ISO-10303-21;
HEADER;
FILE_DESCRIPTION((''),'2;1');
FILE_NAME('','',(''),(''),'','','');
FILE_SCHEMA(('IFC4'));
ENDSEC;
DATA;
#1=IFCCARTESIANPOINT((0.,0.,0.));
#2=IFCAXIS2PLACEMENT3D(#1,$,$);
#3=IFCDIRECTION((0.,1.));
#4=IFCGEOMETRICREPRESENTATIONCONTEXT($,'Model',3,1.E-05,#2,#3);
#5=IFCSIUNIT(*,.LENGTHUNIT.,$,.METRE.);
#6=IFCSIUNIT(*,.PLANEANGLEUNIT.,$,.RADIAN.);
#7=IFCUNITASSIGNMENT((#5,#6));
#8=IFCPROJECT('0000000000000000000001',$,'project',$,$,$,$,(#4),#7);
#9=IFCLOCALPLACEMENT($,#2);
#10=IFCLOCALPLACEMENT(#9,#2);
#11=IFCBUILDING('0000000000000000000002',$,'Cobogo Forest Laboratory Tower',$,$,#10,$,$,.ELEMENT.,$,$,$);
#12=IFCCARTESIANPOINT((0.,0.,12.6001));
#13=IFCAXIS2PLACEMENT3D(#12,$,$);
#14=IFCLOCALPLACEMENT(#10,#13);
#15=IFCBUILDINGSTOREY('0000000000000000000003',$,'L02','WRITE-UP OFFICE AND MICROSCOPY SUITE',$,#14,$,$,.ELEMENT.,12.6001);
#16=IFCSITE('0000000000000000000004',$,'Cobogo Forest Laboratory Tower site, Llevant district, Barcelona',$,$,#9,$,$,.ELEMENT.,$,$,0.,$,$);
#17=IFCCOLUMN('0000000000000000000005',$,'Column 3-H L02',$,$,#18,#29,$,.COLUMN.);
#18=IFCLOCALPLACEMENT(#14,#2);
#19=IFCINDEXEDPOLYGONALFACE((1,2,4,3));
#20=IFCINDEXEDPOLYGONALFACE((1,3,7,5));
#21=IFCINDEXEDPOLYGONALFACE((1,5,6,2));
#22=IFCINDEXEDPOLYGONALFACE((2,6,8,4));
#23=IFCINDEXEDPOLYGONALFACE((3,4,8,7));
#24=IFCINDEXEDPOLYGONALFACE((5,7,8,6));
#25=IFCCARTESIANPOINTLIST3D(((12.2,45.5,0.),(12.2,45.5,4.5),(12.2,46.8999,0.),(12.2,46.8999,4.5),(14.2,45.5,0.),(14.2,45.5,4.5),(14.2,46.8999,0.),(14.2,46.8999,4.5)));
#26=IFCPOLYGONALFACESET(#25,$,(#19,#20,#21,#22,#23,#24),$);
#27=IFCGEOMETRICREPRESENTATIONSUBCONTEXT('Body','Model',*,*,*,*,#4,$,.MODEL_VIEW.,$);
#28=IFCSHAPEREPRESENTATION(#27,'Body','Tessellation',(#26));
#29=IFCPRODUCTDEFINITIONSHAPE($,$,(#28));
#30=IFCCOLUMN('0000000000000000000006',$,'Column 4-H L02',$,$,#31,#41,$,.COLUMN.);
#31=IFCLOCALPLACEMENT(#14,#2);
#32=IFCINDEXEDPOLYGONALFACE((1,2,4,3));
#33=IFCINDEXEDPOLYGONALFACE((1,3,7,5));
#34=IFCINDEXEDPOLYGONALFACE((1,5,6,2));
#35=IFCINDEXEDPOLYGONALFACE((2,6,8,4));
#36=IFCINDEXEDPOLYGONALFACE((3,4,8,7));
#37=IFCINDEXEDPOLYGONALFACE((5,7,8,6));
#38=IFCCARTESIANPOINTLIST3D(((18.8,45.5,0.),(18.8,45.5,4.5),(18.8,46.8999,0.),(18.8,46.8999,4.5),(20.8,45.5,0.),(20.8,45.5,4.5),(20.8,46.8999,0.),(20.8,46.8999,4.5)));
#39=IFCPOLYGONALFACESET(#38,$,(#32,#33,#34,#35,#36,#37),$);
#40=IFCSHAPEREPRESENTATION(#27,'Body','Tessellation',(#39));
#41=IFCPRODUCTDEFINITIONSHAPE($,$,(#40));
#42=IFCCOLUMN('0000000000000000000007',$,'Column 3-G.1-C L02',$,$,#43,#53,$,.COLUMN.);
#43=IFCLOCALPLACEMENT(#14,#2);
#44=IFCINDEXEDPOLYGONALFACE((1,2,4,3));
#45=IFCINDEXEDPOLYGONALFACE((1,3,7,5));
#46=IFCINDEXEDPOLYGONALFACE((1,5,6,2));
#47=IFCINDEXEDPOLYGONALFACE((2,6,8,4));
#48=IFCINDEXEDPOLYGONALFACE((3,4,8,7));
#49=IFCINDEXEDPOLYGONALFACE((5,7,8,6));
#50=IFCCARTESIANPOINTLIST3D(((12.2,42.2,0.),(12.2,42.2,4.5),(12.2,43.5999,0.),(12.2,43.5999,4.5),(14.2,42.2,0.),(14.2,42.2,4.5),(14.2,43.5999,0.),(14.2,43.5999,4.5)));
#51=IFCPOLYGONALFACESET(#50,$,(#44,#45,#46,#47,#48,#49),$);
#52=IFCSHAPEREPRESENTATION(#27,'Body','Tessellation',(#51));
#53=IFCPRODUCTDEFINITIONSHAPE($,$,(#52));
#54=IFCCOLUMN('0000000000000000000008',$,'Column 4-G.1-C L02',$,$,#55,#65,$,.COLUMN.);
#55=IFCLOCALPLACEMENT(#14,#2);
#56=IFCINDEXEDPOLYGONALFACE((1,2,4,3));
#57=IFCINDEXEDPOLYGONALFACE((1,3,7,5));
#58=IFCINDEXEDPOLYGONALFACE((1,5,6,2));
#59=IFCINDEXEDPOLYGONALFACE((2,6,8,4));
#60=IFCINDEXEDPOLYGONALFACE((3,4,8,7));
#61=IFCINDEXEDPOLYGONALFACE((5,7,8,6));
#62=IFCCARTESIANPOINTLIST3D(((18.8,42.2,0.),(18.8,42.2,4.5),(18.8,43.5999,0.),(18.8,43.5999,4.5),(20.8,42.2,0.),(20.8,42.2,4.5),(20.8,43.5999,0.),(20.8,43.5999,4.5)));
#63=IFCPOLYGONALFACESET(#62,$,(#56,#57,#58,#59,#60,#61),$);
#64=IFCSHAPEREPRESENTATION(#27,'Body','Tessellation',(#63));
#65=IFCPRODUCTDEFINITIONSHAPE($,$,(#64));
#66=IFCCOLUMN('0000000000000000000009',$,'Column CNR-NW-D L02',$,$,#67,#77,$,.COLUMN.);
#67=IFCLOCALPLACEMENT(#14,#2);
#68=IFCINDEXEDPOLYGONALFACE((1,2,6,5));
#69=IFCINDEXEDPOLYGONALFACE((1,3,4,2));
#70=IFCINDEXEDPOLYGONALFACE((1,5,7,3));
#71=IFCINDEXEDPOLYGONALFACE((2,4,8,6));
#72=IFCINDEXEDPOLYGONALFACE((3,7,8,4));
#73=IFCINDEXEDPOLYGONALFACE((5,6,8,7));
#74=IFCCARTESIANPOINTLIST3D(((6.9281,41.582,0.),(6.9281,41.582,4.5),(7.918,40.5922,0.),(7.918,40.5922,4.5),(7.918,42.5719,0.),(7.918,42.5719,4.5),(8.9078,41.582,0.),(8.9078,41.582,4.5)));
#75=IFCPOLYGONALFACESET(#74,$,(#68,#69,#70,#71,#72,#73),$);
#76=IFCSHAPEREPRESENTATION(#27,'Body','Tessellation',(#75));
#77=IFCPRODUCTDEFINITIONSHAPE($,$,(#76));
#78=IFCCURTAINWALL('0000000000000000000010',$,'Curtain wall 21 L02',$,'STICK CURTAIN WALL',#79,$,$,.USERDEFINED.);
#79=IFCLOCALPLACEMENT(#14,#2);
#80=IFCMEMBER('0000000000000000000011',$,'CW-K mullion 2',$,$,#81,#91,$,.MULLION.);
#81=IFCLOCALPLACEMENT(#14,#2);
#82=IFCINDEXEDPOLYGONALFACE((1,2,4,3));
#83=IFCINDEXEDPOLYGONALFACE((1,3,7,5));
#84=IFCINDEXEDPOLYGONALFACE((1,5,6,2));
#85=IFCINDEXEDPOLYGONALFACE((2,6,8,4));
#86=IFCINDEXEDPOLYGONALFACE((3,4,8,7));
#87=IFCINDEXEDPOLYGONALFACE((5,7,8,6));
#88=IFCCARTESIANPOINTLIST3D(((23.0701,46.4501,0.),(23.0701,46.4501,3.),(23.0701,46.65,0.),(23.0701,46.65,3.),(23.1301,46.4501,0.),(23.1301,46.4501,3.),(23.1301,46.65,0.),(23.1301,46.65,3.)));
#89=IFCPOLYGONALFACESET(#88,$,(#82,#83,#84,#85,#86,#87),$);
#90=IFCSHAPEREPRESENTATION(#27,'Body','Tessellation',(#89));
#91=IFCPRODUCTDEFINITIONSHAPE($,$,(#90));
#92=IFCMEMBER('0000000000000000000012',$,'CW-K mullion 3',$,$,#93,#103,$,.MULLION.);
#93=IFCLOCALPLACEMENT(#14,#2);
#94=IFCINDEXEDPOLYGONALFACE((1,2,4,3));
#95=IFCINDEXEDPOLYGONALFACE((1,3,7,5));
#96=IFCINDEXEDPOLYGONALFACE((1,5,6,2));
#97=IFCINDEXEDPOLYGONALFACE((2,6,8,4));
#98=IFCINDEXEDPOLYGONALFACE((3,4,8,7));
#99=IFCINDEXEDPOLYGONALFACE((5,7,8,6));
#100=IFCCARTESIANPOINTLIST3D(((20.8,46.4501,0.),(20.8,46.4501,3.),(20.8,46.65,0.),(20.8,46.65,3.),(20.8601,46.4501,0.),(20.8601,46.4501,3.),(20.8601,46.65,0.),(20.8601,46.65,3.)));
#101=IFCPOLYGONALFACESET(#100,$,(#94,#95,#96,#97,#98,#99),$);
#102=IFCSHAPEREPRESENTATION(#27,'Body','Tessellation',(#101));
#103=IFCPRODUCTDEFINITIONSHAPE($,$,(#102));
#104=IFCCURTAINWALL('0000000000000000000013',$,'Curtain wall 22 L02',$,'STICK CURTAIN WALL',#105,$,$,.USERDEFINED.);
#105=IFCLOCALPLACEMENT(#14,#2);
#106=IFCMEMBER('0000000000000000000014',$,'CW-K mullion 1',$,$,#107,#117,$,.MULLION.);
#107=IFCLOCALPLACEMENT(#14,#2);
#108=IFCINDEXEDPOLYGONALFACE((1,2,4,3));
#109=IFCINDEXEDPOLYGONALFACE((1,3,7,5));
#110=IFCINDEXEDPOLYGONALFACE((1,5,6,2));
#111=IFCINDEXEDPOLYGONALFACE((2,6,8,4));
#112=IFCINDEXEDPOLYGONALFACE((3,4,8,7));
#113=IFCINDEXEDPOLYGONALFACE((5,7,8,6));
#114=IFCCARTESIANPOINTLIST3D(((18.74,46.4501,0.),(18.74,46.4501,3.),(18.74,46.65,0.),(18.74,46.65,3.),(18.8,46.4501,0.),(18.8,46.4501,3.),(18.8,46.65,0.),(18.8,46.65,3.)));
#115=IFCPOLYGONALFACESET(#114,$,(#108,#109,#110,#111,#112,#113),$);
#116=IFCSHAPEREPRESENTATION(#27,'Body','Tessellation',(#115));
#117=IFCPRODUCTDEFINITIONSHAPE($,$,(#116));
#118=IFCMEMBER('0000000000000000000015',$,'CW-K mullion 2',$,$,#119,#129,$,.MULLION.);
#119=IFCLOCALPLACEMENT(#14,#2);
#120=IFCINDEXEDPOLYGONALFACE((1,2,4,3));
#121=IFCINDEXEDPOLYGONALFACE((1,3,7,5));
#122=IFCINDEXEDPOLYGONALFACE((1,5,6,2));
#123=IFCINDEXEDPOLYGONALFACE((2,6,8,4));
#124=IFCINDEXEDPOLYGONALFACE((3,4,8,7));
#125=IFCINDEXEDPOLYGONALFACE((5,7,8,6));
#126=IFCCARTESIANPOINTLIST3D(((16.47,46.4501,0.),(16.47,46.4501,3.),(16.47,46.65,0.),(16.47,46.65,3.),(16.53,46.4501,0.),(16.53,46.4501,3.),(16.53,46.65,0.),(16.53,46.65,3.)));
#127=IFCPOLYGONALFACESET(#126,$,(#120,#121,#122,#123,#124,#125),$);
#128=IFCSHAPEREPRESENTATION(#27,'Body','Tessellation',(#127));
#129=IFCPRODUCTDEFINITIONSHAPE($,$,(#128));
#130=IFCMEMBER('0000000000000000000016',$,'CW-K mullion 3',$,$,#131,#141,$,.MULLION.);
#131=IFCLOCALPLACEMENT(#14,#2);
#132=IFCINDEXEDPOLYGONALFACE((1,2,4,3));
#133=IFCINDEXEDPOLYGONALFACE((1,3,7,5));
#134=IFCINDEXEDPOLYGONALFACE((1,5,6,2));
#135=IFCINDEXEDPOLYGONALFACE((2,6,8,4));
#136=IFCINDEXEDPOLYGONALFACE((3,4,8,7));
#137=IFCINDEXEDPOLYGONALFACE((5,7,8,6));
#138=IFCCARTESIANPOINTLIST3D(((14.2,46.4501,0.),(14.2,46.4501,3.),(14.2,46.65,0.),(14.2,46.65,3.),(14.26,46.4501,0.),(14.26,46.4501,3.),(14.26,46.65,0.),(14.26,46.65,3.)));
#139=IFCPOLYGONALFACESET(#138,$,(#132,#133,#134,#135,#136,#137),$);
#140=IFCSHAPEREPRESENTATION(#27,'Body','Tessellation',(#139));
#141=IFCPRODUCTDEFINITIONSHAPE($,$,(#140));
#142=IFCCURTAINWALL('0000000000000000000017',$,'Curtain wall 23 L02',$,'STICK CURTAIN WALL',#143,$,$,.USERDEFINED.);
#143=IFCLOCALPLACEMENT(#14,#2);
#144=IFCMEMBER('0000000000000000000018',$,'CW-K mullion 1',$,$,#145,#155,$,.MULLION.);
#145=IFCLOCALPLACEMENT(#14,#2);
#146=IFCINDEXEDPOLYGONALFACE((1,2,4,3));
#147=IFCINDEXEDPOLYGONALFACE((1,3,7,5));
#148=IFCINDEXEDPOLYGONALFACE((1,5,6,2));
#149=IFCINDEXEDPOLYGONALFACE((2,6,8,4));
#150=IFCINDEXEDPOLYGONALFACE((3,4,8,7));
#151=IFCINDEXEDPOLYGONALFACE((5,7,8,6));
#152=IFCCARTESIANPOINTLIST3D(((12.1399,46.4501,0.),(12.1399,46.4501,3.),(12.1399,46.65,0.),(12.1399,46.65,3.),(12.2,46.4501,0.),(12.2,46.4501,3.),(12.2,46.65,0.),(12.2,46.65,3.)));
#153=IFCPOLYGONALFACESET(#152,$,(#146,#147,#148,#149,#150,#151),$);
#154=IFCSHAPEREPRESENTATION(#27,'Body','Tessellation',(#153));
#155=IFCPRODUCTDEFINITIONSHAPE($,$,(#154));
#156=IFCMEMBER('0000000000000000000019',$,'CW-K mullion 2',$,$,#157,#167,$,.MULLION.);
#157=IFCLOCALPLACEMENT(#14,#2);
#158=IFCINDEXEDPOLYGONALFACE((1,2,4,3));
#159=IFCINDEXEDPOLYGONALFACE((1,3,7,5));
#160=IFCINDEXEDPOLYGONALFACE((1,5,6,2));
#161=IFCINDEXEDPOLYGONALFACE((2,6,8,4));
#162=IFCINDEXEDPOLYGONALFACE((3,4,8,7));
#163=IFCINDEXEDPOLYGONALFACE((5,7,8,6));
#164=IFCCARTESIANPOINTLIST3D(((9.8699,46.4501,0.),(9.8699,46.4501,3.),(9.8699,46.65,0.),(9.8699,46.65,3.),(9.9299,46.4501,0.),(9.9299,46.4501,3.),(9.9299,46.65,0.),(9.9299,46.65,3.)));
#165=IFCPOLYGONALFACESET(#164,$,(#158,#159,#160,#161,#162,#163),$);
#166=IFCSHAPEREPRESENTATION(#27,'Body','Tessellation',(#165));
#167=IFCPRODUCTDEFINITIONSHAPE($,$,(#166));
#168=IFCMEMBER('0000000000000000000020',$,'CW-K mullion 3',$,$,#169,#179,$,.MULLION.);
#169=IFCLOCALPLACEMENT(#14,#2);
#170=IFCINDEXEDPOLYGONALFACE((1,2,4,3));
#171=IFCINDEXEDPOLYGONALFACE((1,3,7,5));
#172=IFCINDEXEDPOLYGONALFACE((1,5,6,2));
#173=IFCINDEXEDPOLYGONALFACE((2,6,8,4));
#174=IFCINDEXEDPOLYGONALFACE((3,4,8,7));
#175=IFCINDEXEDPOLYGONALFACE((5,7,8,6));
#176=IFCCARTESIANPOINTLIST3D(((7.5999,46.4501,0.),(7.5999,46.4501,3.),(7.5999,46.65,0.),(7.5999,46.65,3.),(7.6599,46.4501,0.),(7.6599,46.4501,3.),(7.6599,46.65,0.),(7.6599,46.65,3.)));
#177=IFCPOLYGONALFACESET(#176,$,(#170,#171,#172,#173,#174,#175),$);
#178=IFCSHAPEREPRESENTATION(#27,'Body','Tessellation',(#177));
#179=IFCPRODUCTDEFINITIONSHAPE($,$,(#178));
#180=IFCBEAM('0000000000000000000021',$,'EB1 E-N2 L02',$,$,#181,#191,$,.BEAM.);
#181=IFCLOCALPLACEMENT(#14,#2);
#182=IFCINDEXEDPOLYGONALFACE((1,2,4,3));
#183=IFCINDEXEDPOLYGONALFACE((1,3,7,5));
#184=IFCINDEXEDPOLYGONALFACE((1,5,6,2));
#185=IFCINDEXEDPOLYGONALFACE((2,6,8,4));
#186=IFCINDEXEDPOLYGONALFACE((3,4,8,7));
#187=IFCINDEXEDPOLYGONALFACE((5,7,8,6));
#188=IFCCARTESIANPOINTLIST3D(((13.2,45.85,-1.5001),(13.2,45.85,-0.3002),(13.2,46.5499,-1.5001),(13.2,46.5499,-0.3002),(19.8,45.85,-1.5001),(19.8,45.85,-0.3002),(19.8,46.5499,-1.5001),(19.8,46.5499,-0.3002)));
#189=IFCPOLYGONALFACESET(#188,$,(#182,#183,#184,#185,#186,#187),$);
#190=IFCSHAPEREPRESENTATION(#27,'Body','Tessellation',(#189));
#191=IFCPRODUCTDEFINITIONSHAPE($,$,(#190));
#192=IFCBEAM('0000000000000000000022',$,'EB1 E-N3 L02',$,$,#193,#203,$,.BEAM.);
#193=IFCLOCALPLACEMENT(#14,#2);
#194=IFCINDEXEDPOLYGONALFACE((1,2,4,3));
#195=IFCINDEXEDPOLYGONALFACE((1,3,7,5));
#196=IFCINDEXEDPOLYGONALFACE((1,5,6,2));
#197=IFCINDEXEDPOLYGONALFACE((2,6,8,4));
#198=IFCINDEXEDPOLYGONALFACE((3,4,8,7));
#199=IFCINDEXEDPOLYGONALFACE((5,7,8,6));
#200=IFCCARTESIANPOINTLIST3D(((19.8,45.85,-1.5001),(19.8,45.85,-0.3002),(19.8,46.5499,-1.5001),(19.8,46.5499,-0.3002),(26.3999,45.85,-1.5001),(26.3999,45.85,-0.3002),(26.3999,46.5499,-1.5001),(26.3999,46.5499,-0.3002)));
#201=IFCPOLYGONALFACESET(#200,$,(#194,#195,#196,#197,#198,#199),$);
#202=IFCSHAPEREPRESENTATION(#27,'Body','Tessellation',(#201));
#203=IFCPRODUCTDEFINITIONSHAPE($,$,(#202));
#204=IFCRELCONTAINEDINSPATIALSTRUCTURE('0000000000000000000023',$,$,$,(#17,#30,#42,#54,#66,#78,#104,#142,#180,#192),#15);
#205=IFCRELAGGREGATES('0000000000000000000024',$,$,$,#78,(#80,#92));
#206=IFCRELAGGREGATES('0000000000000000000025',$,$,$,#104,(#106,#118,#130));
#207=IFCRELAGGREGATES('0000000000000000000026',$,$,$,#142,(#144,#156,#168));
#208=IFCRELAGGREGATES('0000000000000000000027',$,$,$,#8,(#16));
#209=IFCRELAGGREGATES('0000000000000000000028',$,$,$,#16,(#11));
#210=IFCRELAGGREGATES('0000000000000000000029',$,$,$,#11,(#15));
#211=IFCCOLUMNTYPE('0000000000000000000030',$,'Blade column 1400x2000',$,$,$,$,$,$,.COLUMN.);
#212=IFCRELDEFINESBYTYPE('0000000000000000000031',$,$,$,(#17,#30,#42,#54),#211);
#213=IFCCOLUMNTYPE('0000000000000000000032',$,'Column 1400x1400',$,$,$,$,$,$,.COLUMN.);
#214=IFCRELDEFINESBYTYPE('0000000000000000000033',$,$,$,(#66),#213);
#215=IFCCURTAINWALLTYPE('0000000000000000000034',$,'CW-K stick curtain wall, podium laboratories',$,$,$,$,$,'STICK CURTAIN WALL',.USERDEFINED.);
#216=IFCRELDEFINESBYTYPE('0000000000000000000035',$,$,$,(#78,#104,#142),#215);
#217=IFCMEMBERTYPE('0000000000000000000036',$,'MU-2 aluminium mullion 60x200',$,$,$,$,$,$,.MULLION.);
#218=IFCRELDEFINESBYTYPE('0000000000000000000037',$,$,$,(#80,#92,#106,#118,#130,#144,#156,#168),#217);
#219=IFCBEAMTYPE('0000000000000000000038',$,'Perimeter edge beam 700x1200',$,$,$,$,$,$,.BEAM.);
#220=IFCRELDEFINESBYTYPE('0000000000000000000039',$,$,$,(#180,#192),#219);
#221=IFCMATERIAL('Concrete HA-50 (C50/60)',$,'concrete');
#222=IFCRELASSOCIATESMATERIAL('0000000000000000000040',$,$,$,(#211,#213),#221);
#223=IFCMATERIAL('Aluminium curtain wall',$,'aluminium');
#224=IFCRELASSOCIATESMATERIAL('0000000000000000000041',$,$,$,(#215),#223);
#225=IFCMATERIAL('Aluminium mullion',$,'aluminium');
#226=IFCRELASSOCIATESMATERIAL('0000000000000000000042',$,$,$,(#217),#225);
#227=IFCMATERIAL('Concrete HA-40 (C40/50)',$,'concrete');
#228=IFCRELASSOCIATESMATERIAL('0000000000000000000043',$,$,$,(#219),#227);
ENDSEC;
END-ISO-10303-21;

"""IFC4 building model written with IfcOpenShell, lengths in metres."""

from ifc_helpers import new_model, si_unit, direction, frame, origin, origin_2d, place, context, subcontext, project, spatial, rectangle, extrude, material, material_profile, profile_set, type_object, element, aggregate, save


model = new_model("IFC4")

# Units and contexts
model_context = context("Model", 3, precision=1e-05, world=origin(), true_north=direction((0.0, 1.0)))
body_context = subcontext(model_context, "Body", "Model", "MODEL_VIEW")
ifc_project = project(units=[si_unit("LENGTHUNIT", "METRE"), si_unit("PLANEANGLEUNIT", "RADIAN")], contexts=[model_context])

# Site, building, storey
site_placement = place(None, origin())
site = spatial("IfcSite", under=ifc_project, at=site_placement, Name="Cobogo Forest Laboratory Tower site, Llevant district, Barcelona", CompositionType="ELEMENT", RefElevation=0.0)
building_placement = place(site_placement, origin())
building = spatial("IfcBuilding", under=site, at=building_placement, Name="Cobogo Forest Laboratory Tower", CompositionType="ELEMENT")
storey_placement = place(building_placement, frame((0.0, 0.0, 12.6001)))
storey = spatial("IfcBuildingStorey", under=building, at=storey_placement, Name="L02", Description="WRITE-UP OFFICE AND MICROSCOPY SUITE", CompositionType="ELEMENT", Elevation=12.6001)

# Columns
ifc_material_1 = material(Name="Concrete HA-50 (C50/60)", Category="concrete")
ifc_material_profile_1 = material_profile(ifc_material_1, rectangle(XDim=2.0, YDim=1.3999, at=origin_2d()), Name="RC 1400x2000")
ifc_profile_set_1 = profile_set([ifc_material_profile_1], Name="Concrete HA-50 (C50/60)")
column_type_1 = type_object("IfcColumnType", Name="Blade column 1400x2000", PredefinedType="COLUMN", material=ifc_profile_set_1)
for number, where, z_axis, x_axis, name in (
    (1, (13.2, 46.2, 0.0), (0.0, 0.0, 1.0), (1.0, 0.0, 0.0), "Column 3-H L02"),
    (2, (19.8, 46.2, 0.0), (0.0, 0.0, 1.0), (1.0, 0.0, 0.0), "Column 4-H L02"),
    (3, (13.2, 42.8999, 0.0), (0.0, 0.0, 1.0), (1.0, 0.0, 0.0), "Column 3-G.1-C L02"),
    (4, (19.8, 42.8999, 0.0), (0.0, 0.0, 1.0), (1.0, 0.0, 0.0), "Column 4-G.1-C L02"),
):
    element("IfcColumn", number, at=place(storey_placement, frame(where, z_axis=z_axis, x_axis=x_axis)), inside=storey, type_object=column_type_1, Name=name, PredefinedType="COLUMN", context=body_context, shape_type="SweptSolid", body=[
        extrude(rectangle(XDim=2.0, YDim=1.3999, at=origin_2d()), origin(), (0.0, 0.0, 1.0), 4.5),
    ])
ifc_material_profile_2 = material_profile(ifc_material_1, rectangle(XDim=1.3999, YDim=1.3999, at=origin_2d()), Name="RC 1400x1400")
ifc_profile_set_2 = profile_set([ifc_material_profile_2], Name="Concrete HA-50 (C50/60)")
column_type_2 = type_object("IfcColumnType", Name="Column 1400x1400", PredefinedType="COLUMN", material=ifc_profile_set_2)
column_placement = place(storey_placement, frame((7.918, 41.582, 0.0), z_axis=(0.0, 0.0, 1.0), x_axis=(0.707107, 0.707107, 0.0)))
element("IfcColumn", 5, at=column_placement, inside=storey, type_object=column_type_2, Name="Column CNR-NW-D L02", PredefinedType="COLUMN", context=body_context, shape_type="SweptSolid", body=[
    extrude(rectangle(XDim=1.3999, YDim=1.3999, at=origin_2d()), origin(), (0.0, 0.0, 1.0), 4.5),
])

# Curtain walls, members
ifc_material_2 = material(Name="Aluminium curtain wall", Category="aluminium")
curtain_wall_type = type_object("IfcCurtainWallType", Name="CW-K stick curtain wall, podium laboratories", ElementType="STICK CURTAIN WALL", PredefinedType="USERDEFINED", material=ifc_material_2)
curtain_wall_1_placement = place(storey_placement, origin())
curtain_wall_1 = element("IfcCurtainWall", 6, at=curtain_wall_1_placement, inside=storey, type_object=curtain_wall_type, Name="Curtain wall 21 L02", ObjectType="STICK CURTAIN WALL", PredefinedType="USERDEFINED")
ifc_material_3 = material(Name="Aluminium mullion", Category="aluminium")
ifc_material_profile_3 = material_profile(ifc_material_3, rectangle(XDim=0.0601, YDim=0.2, at=origin_2d()), Name="AL 60x200")
ifc_profile_set_3 = profile_set([ifc_material_profile_3], Name="Aluminium mullion")
member_type_1 = type_object("IfcMemberType", Name="MU-2 aluminium mullion 60x200", PredefinedType="MULLION", material=ifc_profile_set_3)
member_1_placement = place(storey_placement, frame((23.1001, 46.55, 0.0), z_axis=(0.0, 0.0, 1.0), x_axis=(-1.0, 0.0, 0.0)))
member_1 = element("IfcMember", 7, at=member_1_placement, type_object=member_type_1, Name="CW-K mullion 2", PredefinedType="MULLION", context=body_context, shape_type="SweptSolid", body=[
    extrude(rectangle(XDim=0.0601, YDim=0.2, at=origin_2d()), origin(), (0.0, 0.0, 1.0), 3.0),
])
member_2_placement = place(storey_placement, frame((20.8301, 46.55, 0.0), z_axis=(0.0, 0.0, 1.0), x_axis=(-1.0, 0.0, 0.0)))
member_2 = element("IfcMember", 8, at=member_2_placement, type_object=member_type_1, Name="CW-K mullion 3", PredefinedType="MULLION", context=body_context, shape_type="SweptSolid", body=[
    extrude(rectangle(XDim=0.0601, YDim=0.2, at=origin_2d()), origin(), (0.0, 0.0, 1.0), 3.0),
])
curtain_wall_2_placement = place(storey_placement, origin())
curtain_wall_2 = element("IfcCurtainWall", 9, at=curtain_wall_2_placement, inside=storey, type_object=curtain_wall_type, Name="Curtain wall 22 L02", ObjectType="STICK CURTAIN WALL", PredefinedType="USERDEFINED")
member_3_placement = place(storey_placement, frame((18.77, 46.55, 0.0), z_axis=(0.0, 0.0, 1.0), x_axis=(-1.0, 0.0, 0.0)))
member_3 = element("IfcMember", 10, at=member_3_placement, type_object=member_type_1, Name="CW-K mullion 1", PredefinedType="MULLION", context=body_context, shape_type="SweptSolid", body=[
    extrude(rectangle(XDim=0.0601, YDim=0.2, at=origin_2d()), origin(), (0.0, 0.0, 1.0), 3.0),
])
member_4_placement = place(storey_placement, frame((16.5, 46.55, 0.0), z_axis=(0.0, 0.0, 1.0), x_axis=(-1.0, 0.0, 0.0)))
member_4 = element("IfcMember", 11, at=member_4_placement, type_object=member_type_1, Name="CW-K mullion 2", PredefinedType="MULLION", context=body_context, shape_type="SweptSolid", body=[
    extrude(rectangle(XDim=0.0601, YDim=0.2, at=origin_2d()), origin(), (0.0, 0.0, 1.0), 3.0),
])
member_5_placement = place(storey_placement, frame((14.23, 46.55, 0.0), z_axis=(0.0, 0.0, 1.0), x_axis=(-1.0, 0.0, 0.0)))
member_5 = element("IfcMember", 12, at=member_5_placement, type_object=member_type_1, Name="CW-K mullion 3", PredefinedType="MULLION", context=body_context, shape_type="SweptSolid", body=[
    extrude(rectangle(XDim=0.0601, YDim=0.2, at=origin_2d()), origin(), (0.0, 0.0, 1.0), 3.0),
])
curtain_wall_3_placement = place(storey_placement, origin())
curtain_wall_3 = element("IfcCurtainWall", 13, at=curtain_wall_3_placement, inside=storey, type_object=curtain_wall_type, Name="Curtain wall 23 L02", ObjectType="STICK CURTAIN WALL", PredefinedType="USERDEFINED")
member_6_placement = place(storey_placement, frame((12.1699, 46.55, 0.0), z_axis=(0.0, 0.0, 1.0), x_axis=(-1.0, 0.0, 0.0)))
member_6 = element("IfcMember", 14, at=member_6_placement, type_object=member_type_1, Name="CW-K mullion 1", PredefinedType="MULLION", context=body_context, shape_type="SweptSolid", body=[
    extrude(rectangle(XDim=0.0601, YDim=0.2, at=origin_2d()), origin(), (0.0, 0.0, 1.0), 3.0),
])
member_7_placement = place(storey_placement, frame((9.8999, 46.55, 0.0), z_axis=(0.0, 0.0, 1.0), x_axis=(-1.0, 0.0, 0.0)))
member_7 = element("IfcMember", 15, at=member_7_placement, type_object=member_type_1, Name="CW-K mullion 2", PredefinedType="MULLION", context=body_context, shape_type="SweptSolid", body=[
    extrude(rectangle(XDim=0.0601, YDim=0.2, at=origin_2d()), origin(), (0.0, 0.0, 1.0), 3.0),
])
member_8_placement = place(storey_placement, frame((7.6299, 46.55, 0.0), z_axis=(0.0, 0.0, 1.0), x_axis=(-1.0, 0.0, 0.0)))
member_8 = element("IfcMember", 16, at=member_8_placement, type_object=member_type_1, Name="CW-K mullion 3", PredefinedType="MULLION", context=body_context, shape_type="SweptSolid", body=[
    extrude(rectangle(XDim=0.0601, YDim=0.2, at=origin_2d()), origin(), (0.0, 0.0, 1.0), 3.0),
])

# Beams
ifc_material_4 = material(Name="Concrete HA-40 (C40/50)", Category="concrete")
ifc_material_profile_4 = material_profile(ifc_material_4, rectangle(XDim=0.7, YDim=1.2, at=origin_2d()), Name="RC 700x1200")
ifc_profile_set_4 = profile_set([ifc_material_profile_4], Name="Concrete HA-40 (C40/50)")
beam_type = type_object("IfcBeamType", Name="Perimeter edge beam 700x1200", PredefinedType="BEAM", material=ifc_profile_set_4)
beam_1_placement = place(storey_placement, frame((13.2, 46.2, -0.9001), z_axis=(1.0, 0.0, 0.0), x_axis=(0.0, 1.0, 0.0)))
element("IfcBeam", 17, at=beam_1_placement, inside=storey, type_object=beam_type, Name="EB1 E-N2 L02", PredefinedType="BEAM", context=body_context, shape_type="SweptSolid", body=[
    extrude(rectangle(XDim=0.7, YDim=1.2, at=origin_2d()), origin(), (0.0, 0.0, 1.0), 6.6001),
])
beam_2_placement = place(storey_placement, frame((19.8, 46.2, -0.9001), z_axis=(1.0, 0.0, 0.0), x_axis=(0.0, 1.0, 0.0)))
element("IfcBeam", 18, at=beam_2_placement, inside=storey, type_object=beam_type, Name="EB1 E-N3 L02", PredefinedType="BEAM", context=body_context, shape_type="SweptSolid", body=[
    extrude(rectangle(XDim=0.7, YDim=1.2, at=origin_2d()), origin(), (0.0, 0.0, 1.0), 6.5999),
])

aggregate(curtain_wall_1, [member_1, member_2])
aggregate(curtain_wall_2, [member_3, member_4, member_5])
aggregate(curtain_wall_3, [member_6, member_7, member_8])

save(model, "model.ifc")
